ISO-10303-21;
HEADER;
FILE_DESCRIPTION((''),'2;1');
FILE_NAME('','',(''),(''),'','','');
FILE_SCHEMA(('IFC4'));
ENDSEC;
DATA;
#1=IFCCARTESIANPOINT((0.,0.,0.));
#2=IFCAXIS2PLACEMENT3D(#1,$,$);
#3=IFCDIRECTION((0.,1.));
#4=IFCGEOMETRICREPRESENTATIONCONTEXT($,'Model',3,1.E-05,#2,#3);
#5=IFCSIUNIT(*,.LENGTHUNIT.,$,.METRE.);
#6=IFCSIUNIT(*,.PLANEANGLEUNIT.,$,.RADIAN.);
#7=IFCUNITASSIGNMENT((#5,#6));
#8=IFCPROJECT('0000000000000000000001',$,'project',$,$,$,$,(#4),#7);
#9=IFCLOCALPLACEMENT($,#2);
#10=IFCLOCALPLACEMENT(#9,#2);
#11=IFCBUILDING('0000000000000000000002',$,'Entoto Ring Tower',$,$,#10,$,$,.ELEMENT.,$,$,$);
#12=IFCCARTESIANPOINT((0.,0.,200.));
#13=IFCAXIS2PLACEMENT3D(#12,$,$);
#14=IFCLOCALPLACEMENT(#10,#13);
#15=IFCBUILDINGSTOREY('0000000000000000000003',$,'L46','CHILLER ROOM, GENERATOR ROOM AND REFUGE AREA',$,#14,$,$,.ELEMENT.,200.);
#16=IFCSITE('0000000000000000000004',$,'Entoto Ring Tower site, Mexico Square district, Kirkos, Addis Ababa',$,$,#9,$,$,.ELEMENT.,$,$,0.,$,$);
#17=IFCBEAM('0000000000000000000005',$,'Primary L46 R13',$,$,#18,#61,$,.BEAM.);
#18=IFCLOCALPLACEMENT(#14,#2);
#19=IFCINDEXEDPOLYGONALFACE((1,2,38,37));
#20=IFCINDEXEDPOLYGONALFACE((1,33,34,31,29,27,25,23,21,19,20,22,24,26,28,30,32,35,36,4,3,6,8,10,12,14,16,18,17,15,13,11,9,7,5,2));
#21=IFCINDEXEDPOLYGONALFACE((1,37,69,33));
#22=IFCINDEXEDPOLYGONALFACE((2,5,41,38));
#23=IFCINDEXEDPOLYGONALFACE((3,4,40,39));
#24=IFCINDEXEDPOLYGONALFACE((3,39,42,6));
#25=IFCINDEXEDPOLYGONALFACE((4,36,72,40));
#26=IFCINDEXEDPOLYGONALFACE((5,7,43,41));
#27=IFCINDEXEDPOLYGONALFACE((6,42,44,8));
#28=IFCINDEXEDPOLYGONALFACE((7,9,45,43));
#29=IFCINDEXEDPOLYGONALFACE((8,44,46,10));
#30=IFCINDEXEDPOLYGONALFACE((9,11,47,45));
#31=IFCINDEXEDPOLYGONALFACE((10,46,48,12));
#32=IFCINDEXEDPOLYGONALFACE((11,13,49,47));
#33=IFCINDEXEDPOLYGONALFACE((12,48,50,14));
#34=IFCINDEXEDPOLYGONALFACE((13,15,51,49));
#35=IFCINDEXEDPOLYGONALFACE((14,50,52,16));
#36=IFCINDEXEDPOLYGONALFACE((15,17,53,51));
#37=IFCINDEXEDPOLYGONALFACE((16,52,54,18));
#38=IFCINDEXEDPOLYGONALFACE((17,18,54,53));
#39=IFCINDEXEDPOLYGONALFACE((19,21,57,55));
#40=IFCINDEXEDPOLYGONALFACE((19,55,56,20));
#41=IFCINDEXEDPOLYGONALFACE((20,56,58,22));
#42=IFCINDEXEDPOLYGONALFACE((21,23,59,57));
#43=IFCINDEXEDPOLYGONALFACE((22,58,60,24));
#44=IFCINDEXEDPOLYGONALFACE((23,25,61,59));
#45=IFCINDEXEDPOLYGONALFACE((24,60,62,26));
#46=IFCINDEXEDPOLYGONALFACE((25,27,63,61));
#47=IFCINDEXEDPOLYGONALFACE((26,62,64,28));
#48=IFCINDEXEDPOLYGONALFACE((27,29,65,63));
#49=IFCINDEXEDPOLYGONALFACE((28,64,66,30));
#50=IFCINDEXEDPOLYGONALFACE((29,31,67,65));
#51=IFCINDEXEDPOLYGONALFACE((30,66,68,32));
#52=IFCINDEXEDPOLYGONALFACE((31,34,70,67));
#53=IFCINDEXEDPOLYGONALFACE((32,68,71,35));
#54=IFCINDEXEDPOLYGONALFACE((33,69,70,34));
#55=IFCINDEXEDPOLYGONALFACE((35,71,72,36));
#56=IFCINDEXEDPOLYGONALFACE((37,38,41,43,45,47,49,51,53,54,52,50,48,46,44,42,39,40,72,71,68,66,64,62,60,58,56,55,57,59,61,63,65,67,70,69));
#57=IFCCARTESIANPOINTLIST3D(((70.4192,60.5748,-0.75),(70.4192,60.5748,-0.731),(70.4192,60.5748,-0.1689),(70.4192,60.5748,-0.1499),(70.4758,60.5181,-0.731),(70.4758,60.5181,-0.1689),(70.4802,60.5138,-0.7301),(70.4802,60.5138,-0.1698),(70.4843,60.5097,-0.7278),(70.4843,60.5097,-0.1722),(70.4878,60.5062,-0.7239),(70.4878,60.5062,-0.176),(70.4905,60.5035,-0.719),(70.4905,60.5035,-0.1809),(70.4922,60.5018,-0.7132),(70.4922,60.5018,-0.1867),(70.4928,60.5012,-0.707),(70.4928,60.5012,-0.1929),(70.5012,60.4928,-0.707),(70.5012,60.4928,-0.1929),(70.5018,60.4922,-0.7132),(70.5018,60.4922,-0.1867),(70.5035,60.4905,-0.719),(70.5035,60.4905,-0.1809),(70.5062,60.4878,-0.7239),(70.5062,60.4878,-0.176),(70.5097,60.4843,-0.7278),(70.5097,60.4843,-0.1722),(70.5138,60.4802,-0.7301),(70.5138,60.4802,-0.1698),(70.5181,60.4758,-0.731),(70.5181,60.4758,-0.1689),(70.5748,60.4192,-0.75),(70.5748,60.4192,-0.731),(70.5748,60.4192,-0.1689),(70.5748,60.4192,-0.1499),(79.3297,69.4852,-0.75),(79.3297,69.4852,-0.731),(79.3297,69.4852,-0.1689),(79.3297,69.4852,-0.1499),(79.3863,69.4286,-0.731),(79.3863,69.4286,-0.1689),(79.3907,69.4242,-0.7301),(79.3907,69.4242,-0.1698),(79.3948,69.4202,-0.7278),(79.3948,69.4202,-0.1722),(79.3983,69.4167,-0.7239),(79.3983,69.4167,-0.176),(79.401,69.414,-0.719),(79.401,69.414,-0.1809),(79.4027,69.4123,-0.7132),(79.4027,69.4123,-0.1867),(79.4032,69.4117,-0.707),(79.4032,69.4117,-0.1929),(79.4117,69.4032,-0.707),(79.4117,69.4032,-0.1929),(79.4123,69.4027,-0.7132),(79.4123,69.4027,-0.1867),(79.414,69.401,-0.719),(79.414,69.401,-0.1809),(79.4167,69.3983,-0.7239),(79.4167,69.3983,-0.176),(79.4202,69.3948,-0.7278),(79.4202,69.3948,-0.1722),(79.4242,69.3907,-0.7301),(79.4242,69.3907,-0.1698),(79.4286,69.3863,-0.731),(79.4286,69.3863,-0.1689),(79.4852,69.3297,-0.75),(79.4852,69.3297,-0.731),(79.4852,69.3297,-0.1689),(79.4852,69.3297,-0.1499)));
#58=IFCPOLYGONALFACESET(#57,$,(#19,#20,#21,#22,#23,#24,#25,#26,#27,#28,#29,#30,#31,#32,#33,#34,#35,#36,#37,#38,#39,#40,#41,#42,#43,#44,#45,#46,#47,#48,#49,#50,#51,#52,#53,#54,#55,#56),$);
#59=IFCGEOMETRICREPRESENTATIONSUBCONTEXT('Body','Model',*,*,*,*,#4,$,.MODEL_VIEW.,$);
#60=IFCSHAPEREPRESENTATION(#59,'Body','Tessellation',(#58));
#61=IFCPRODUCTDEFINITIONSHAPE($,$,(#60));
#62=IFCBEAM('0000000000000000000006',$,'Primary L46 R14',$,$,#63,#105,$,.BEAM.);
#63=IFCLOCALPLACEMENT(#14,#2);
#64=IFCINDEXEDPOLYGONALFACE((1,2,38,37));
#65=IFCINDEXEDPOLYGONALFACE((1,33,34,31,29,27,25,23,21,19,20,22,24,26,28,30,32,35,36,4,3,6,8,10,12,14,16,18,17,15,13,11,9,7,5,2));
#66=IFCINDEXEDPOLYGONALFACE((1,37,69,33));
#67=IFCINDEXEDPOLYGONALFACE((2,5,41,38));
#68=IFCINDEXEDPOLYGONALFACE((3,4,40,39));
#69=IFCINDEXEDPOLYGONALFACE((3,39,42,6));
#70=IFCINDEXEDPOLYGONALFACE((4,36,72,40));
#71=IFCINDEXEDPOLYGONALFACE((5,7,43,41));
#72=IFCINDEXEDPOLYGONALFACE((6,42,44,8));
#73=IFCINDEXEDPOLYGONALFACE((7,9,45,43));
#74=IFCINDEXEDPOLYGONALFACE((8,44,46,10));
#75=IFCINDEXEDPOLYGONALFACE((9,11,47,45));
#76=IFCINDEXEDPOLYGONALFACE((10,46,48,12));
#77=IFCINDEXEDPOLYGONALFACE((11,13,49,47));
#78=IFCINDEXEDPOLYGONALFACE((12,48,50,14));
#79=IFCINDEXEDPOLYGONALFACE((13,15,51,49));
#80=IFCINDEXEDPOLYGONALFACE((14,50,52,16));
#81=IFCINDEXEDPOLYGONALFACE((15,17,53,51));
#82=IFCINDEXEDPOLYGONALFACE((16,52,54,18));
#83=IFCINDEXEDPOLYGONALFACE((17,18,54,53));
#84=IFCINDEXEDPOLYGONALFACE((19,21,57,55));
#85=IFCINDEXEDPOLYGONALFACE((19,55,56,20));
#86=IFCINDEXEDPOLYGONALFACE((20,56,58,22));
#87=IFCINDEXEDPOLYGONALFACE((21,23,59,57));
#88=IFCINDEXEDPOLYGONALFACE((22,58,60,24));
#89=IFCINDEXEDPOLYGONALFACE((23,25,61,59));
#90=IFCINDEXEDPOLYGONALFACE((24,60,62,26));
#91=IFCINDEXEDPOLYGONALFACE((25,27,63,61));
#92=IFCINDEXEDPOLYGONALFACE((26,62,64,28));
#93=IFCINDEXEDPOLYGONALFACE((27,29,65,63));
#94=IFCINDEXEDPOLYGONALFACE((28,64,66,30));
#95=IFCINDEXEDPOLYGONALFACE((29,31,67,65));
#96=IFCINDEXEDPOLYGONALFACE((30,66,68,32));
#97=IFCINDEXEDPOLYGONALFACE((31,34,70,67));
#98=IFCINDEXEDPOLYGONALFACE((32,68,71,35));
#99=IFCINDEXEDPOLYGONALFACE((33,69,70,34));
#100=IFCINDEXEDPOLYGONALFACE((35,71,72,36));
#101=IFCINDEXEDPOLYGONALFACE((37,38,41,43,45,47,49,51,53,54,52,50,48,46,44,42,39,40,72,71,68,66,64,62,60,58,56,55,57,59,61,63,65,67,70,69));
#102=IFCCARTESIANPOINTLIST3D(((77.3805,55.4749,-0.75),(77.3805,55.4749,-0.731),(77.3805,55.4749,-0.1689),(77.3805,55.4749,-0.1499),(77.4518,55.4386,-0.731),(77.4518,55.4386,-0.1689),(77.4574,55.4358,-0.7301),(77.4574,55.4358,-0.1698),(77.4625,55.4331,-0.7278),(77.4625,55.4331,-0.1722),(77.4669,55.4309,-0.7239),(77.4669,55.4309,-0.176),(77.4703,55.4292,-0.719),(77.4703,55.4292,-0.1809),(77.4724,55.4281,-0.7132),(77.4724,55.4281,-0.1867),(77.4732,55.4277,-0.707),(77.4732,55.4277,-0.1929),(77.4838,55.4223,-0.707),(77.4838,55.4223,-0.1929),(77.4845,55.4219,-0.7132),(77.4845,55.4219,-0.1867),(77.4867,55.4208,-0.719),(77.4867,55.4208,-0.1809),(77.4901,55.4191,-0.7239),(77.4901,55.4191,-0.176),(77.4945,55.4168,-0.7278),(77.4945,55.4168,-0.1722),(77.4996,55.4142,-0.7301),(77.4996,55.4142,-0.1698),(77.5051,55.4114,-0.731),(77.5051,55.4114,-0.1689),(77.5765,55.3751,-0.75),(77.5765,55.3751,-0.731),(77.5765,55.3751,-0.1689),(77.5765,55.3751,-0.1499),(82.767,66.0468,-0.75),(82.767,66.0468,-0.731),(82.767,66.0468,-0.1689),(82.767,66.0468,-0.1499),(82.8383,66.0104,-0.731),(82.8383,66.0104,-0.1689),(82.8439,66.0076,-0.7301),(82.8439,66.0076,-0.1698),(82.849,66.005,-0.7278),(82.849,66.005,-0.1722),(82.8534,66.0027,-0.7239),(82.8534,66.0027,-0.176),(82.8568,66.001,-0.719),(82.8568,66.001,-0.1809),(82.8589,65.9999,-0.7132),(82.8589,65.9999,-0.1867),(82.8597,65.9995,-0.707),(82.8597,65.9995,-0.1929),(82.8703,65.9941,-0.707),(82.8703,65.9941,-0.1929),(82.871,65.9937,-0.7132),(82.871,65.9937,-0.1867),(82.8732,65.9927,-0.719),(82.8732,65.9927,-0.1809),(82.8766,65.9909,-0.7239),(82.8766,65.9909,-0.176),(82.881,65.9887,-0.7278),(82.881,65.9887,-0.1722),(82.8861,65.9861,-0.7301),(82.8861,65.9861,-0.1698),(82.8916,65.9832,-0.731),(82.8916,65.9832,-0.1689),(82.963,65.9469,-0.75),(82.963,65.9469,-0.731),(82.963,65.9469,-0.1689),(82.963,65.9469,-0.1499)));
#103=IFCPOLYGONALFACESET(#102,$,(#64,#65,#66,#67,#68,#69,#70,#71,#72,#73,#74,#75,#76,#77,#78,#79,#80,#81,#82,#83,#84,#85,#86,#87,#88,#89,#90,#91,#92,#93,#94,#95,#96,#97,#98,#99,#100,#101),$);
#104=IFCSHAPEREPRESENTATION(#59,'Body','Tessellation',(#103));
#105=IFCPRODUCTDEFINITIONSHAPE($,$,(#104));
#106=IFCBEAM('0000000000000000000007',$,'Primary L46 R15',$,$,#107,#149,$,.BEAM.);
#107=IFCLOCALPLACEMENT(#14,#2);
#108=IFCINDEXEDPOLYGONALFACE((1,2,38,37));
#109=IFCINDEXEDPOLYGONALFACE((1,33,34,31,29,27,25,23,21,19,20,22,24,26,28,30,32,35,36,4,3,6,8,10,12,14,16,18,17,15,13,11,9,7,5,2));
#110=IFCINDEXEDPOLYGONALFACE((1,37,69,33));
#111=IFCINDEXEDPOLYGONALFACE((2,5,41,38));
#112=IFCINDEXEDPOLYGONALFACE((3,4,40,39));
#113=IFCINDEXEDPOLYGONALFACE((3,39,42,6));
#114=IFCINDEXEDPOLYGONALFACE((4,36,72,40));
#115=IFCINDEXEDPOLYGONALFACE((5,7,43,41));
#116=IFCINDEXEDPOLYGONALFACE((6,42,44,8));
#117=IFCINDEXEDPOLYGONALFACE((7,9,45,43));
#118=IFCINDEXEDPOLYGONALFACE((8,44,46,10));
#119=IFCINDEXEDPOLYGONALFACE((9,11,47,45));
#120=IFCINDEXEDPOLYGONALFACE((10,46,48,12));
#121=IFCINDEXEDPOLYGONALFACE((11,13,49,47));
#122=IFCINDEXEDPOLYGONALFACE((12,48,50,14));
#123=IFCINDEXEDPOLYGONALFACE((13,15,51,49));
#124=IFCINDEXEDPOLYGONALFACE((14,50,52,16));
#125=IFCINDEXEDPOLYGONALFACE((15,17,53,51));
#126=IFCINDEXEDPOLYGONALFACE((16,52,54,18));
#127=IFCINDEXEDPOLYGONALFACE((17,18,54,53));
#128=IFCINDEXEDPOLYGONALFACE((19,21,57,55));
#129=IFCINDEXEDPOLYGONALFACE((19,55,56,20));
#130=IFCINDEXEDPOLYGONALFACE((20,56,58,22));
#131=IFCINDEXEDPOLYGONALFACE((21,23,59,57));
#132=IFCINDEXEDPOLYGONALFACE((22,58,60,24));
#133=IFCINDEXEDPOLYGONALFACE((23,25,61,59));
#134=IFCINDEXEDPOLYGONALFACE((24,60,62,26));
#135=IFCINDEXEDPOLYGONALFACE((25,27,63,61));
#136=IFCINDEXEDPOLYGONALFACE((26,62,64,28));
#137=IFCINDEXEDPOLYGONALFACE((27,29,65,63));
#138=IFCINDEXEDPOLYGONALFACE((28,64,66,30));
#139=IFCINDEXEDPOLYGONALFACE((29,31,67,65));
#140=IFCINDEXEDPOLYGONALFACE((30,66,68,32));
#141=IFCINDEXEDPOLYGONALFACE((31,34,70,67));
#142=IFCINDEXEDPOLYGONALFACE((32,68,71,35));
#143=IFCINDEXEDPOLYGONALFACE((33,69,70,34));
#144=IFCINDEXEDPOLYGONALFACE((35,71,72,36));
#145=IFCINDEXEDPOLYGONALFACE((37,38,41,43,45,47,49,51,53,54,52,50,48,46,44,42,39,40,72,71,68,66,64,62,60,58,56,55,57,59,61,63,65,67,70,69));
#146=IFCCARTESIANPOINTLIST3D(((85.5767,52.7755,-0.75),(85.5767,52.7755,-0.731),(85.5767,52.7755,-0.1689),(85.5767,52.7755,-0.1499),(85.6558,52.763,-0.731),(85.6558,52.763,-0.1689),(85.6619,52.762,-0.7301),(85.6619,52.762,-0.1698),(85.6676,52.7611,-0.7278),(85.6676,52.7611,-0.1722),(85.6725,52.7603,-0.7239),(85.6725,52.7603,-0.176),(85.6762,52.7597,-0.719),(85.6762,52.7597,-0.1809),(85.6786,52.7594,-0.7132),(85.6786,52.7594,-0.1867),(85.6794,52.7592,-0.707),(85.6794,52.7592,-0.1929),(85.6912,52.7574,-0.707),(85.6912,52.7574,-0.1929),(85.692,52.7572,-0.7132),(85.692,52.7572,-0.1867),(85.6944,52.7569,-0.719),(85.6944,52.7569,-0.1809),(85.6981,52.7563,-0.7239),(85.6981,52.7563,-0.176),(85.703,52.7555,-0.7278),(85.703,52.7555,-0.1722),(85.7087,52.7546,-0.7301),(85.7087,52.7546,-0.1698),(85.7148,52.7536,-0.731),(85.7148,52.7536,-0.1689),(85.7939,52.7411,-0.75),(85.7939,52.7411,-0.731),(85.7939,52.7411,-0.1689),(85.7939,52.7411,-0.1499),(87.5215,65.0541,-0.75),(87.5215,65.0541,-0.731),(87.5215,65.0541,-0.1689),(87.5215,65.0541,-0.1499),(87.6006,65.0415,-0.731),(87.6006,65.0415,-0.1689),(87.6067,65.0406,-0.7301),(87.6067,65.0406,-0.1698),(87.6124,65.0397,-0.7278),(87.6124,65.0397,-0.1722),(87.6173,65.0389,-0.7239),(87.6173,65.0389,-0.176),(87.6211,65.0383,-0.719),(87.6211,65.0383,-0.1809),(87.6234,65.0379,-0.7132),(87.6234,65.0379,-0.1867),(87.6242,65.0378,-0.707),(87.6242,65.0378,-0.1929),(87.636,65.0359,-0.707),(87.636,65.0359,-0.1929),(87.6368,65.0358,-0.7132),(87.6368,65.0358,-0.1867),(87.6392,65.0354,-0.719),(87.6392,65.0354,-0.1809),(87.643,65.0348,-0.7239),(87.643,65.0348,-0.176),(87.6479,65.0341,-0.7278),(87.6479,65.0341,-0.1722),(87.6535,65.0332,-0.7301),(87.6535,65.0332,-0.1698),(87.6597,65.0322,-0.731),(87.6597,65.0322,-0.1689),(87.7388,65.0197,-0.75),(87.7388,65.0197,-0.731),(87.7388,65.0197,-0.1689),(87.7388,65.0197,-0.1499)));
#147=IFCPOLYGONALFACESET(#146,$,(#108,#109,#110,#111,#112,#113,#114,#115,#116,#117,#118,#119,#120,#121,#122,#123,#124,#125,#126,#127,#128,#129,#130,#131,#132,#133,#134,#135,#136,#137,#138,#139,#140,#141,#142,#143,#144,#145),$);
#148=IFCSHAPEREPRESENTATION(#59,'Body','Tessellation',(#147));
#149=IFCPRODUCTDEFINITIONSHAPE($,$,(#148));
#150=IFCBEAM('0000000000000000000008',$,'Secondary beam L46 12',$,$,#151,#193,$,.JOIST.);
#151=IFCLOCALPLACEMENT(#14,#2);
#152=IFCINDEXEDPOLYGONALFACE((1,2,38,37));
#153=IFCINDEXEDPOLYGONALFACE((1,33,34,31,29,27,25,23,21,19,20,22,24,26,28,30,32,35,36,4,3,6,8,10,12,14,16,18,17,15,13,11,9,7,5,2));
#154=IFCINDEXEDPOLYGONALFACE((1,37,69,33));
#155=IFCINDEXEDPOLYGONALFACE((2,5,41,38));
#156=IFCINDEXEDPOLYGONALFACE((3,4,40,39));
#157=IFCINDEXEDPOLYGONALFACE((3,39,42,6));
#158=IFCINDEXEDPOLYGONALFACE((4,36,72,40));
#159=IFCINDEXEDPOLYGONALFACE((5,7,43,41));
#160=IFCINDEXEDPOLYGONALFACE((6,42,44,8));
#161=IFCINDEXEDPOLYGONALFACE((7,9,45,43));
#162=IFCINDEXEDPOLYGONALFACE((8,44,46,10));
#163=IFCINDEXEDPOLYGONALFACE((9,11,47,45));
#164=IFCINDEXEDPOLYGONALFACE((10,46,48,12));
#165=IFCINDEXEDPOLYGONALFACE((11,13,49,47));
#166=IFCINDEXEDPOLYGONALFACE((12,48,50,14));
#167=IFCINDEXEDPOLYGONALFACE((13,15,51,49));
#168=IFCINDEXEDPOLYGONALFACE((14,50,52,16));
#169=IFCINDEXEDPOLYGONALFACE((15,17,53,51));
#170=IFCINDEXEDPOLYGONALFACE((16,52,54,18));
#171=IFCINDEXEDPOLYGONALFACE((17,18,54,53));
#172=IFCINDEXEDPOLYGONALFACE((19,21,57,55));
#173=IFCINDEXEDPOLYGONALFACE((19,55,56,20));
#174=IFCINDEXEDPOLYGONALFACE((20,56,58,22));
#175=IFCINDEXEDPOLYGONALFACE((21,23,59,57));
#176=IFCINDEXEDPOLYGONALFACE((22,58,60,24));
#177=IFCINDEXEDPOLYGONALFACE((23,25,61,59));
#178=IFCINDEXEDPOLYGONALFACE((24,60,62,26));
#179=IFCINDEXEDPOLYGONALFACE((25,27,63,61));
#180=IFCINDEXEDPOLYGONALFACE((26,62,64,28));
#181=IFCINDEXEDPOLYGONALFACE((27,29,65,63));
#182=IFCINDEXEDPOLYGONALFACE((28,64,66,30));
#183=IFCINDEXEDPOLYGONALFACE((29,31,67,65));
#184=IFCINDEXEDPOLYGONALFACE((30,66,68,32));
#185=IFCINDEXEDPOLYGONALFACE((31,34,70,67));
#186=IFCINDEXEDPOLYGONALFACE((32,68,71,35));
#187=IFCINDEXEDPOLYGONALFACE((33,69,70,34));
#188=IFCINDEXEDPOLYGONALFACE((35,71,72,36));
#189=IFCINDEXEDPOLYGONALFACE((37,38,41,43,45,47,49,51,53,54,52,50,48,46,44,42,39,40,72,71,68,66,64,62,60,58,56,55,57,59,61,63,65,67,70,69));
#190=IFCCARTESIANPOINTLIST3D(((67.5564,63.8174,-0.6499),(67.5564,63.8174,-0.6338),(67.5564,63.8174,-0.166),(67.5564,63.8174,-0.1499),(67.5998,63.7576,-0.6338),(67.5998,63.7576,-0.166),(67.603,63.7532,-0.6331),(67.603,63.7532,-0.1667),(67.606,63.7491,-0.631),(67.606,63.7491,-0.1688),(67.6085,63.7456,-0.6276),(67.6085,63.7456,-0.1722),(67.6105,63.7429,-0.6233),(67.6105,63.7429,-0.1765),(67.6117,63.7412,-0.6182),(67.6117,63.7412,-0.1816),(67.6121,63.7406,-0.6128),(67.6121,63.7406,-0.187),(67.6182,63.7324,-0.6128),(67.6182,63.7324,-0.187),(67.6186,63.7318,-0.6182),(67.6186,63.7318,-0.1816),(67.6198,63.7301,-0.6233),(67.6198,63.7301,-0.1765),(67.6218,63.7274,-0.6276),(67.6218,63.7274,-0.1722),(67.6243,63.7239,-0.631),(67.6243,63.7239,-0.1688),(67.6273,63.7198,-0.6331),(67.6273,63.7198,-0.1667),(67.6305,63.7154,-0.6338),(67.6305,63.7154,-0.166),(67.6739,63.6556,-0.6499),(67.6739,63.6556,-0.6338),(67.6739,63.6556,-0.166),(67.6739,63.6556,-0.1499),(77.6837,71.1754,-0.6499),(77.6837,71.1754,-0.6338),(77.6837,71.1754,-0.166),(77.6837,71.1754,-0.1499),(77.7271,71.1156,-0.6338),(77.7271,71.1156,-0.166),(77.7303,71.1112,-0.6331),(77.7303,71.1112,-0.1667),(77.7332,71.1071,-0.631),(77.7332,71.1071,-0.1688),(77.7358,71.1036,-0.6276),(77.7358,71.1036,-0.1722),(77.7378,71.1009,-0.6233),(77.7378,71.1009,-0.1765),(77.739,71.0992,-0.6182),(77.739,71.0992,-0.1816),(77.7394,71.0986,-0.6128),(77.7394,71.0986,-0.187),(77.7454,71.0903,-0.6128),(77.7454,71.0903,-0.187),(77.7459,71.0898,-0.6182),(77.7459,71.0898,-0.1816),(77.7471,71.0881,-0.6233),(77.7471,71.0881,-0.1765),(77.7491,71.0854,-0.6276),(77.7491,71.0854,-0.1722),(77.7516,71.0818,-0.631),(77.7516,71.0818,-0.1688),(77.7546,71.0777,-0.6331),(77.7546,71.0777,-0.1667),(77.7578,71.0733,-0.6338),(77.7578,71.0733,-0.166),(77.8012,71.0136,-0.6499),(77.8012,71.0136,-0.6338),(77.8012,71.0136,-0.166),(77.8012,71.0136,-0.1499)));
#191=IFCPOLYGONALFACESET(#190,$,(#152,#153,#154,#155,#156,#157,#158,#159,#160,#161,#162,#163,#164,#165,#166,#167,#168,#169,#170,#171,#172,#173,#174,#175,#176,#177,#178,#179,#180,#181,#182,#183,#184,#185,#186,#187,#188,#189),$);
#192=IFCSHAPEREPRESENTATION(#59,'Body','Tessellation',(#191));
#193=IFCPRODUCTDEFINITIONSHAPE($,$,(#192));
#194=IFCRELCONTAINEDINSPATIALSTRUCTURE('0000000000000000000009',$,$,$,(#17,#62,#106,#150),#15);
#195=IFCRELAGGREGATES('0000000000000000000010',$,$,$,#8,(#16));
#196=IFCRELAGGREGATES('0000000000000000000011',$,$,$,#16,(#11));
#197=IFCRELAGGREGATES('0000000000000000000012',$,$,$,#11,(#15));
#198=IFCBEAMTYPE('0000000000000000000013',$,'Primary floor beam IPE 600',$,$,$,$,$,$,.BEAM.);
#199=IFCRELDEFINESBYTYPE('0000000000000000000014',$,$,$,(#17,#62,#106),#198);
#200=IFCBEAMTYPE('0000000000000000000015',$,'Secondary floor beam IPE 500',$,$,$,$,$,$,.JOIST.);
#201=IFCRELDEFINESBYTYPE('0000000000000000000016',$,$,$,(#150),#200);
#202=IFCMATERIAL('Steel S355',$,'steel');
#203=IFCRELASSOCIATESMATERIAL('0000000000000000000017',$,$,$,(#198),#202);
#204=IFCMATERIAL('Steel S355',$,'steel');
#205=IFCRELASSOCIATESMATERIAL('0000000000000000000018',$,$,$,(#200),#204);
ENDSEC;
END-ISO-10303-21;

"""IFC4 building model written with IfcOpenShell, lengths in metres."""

from ifc_helpers import new_model, si_unit, direction, frame, origin, origin_2d, place, context, subcontext, project, spatial, i_section, extrude, material, material_profile, profile_set, type_object, element, save


model = new_model("IFC4")

# Units and contexts
model_context = context("Model", 3, precision=1e-05, world=origin(), true_north=direction((0.0, 1.0)))
body_context = subcontext(model_context, "Body", "Model", "MODEL_VIEW")
ifc_project = project(units=[si_unit("LENGTHUNIT", "METRE"), si_unit("PLANEANGLEUNIT", "RADIAN")], contexts=[model_context])

# Site, building, storey
site_placement = place(None, origin())
site = spatial("IfcSite", under=ifc_project, at=site_placement, Name="Entoto Ring Tower site, Mexico Square district, Kirkos, Addis Ababa", CompositionType="ELEMENT", RefElevation=0.0)
building_placement = place(site_placement, origin())
building = spatial("IfcBuilding", under=site, at=building_placement, Name="Entoto Ring Tower", CompositionType="ELEMENT")
storey_placement = place(building_placement, frame((0.0, 0.0, 200.0)))
storey = spatial("IfcBuildingStorey", under=building, at=storey_placement, Name="L46", Description="CHILLER ROOM, GENERATOR ROOM AND REFUGE AREA", CompositionType="ELEMENT", Elevation=200.0)

# Beams
ifc_material_1 = material(Name="Steel S355", Category="steel")
ifc_material_profile_1 = material_profile(ifc_material_1, i_section(OverallWidth=0.22, OverallDepth=0.6001, WebThickness=0.012, FlangeThickness=0.019, FilletRadius=0.0239, at=origin_2d()), Name="IPE 600")
ifc_profile_set_1 = profile_set([ifc_material_profile_1], Name="Steel S355")
beam_type_1 = type_object("IfcBeamType", Name="Primary floor beam IPE 600", PredefinedType="BEAM", material=ifc_profile_set_1)
beam_1_placement = place(storey_placement, frame((79.4075, 69.4075, -0.45), z_axis=(-0.707107, -0.707107, 0.0), x_axis=(0.707107, -0.707107, 0.0)))
element("IfcBeam", 1, at=beam_1_placement, inside=storey, type_object=beam_type_1, Name="Primary L46 R13", PredefinedType="BEAM", context=body_context, shape_type="SweptSolid", body=[
    extrude(i_section(OverallWidth=0.22, OverallDepth=0.6001, WebThickness=0.012, FlangeThickness=0.019, FilletRadius=0.0239, at=origin_2d()), origin(), (0.0, 0.0, 1.0), 12.6013),
])
beam_2_placement = place(storey_placement, frame((82.865, 65.9968, -0.45), z_axis=(-0.453983, -0.89101, 0.0), x_axis=(0.89101, -0.453983, 0.0)))
element("IfcBeam", 2, at=beam_2_placement, inside=storey, type_object=beam_type_1, Name="Primary L46 R14", PredefinedType="BEAM", context=body_context, shape_type="SweptSolid", body=[
    extrude(i_section(OverallWidth=0.22, OverallDepth=0.6001, WebThickness=0.012, FlangeThickness=0.019, FilletRadius=0.0239, at=origin_2d()), origin(), (0.0, 0.0, 1.0), 11.865),
])
beam_3_placement = place(storey_placement, frame((87.6301, 65.0369, -0.45), z_axis=(-0.156442, -0.987687, 0.0), x_axis=(0.987687, -0.156442, 0.0)))
element("IfcBeam", 3, at=beam_3_placement, inside=storey, type_object=beam_type_1, Name="Primary L46 R15", PredefinedType="BEAM", context=body_context, shape_type="SweptSolid", body=[
    extrude(i_section(OverallWidth=0.22, OverallDepth=0.6001, WebThickness=0.012, FlangeThickness=0.019, FilletRadius=0.0239, at=origin_2d()), origin(), (0.0, 0.0, 1.0), 12.4316),
])
ifc_material_2 = material(Name="Steel S355", Category="steel")
ifc_material_profile_2 = material_profile(ifc_material_2, i_section(OverallWidth=0.2, OverallDepth=0.5, WebThickness=0.0103, FlangeThickness=0.0161, FilletRadius=0.021, at=origin_2d()), Name="IPE 500")
ifc_profile_set_2 = profile_set([ifc_material_profile_2], Name="Steel S355")
beam_type_2 = type_object("IfcBeamType", Name="Secondary floor beam IPE 500", PredefinedType="JOIST", material=ifc_profile_set_2)
for number, where, z_axis, x_axis, name in (
    (4, (77.7424, 71.0945, -0.3999), (-0.809014, -0.587789, 0.0), (0.587789, -0.809014, 0.0), "Secondary beam L46 12"),
):
    element("IfcBeam", number, at=place(storey_placement, frame(where, z_axis=z_axis, x_axis=x_axis)), inside=storey, type_object=beam_type_2, Name=name, PredefinedType="JOIST", context=body_context, shape_type="SweptSolid", body=[
        extrude(i_section(OverallWidth=0.2, OverallDepth=0.5, WebThickness=0.0103, FlangeThickness=0.0161, FilletRadius=0.021, at=origin_2d()), origin(), (0.0, 0.0, 1.0), 12.5181),
    ])

save(model, "model.ifc")
